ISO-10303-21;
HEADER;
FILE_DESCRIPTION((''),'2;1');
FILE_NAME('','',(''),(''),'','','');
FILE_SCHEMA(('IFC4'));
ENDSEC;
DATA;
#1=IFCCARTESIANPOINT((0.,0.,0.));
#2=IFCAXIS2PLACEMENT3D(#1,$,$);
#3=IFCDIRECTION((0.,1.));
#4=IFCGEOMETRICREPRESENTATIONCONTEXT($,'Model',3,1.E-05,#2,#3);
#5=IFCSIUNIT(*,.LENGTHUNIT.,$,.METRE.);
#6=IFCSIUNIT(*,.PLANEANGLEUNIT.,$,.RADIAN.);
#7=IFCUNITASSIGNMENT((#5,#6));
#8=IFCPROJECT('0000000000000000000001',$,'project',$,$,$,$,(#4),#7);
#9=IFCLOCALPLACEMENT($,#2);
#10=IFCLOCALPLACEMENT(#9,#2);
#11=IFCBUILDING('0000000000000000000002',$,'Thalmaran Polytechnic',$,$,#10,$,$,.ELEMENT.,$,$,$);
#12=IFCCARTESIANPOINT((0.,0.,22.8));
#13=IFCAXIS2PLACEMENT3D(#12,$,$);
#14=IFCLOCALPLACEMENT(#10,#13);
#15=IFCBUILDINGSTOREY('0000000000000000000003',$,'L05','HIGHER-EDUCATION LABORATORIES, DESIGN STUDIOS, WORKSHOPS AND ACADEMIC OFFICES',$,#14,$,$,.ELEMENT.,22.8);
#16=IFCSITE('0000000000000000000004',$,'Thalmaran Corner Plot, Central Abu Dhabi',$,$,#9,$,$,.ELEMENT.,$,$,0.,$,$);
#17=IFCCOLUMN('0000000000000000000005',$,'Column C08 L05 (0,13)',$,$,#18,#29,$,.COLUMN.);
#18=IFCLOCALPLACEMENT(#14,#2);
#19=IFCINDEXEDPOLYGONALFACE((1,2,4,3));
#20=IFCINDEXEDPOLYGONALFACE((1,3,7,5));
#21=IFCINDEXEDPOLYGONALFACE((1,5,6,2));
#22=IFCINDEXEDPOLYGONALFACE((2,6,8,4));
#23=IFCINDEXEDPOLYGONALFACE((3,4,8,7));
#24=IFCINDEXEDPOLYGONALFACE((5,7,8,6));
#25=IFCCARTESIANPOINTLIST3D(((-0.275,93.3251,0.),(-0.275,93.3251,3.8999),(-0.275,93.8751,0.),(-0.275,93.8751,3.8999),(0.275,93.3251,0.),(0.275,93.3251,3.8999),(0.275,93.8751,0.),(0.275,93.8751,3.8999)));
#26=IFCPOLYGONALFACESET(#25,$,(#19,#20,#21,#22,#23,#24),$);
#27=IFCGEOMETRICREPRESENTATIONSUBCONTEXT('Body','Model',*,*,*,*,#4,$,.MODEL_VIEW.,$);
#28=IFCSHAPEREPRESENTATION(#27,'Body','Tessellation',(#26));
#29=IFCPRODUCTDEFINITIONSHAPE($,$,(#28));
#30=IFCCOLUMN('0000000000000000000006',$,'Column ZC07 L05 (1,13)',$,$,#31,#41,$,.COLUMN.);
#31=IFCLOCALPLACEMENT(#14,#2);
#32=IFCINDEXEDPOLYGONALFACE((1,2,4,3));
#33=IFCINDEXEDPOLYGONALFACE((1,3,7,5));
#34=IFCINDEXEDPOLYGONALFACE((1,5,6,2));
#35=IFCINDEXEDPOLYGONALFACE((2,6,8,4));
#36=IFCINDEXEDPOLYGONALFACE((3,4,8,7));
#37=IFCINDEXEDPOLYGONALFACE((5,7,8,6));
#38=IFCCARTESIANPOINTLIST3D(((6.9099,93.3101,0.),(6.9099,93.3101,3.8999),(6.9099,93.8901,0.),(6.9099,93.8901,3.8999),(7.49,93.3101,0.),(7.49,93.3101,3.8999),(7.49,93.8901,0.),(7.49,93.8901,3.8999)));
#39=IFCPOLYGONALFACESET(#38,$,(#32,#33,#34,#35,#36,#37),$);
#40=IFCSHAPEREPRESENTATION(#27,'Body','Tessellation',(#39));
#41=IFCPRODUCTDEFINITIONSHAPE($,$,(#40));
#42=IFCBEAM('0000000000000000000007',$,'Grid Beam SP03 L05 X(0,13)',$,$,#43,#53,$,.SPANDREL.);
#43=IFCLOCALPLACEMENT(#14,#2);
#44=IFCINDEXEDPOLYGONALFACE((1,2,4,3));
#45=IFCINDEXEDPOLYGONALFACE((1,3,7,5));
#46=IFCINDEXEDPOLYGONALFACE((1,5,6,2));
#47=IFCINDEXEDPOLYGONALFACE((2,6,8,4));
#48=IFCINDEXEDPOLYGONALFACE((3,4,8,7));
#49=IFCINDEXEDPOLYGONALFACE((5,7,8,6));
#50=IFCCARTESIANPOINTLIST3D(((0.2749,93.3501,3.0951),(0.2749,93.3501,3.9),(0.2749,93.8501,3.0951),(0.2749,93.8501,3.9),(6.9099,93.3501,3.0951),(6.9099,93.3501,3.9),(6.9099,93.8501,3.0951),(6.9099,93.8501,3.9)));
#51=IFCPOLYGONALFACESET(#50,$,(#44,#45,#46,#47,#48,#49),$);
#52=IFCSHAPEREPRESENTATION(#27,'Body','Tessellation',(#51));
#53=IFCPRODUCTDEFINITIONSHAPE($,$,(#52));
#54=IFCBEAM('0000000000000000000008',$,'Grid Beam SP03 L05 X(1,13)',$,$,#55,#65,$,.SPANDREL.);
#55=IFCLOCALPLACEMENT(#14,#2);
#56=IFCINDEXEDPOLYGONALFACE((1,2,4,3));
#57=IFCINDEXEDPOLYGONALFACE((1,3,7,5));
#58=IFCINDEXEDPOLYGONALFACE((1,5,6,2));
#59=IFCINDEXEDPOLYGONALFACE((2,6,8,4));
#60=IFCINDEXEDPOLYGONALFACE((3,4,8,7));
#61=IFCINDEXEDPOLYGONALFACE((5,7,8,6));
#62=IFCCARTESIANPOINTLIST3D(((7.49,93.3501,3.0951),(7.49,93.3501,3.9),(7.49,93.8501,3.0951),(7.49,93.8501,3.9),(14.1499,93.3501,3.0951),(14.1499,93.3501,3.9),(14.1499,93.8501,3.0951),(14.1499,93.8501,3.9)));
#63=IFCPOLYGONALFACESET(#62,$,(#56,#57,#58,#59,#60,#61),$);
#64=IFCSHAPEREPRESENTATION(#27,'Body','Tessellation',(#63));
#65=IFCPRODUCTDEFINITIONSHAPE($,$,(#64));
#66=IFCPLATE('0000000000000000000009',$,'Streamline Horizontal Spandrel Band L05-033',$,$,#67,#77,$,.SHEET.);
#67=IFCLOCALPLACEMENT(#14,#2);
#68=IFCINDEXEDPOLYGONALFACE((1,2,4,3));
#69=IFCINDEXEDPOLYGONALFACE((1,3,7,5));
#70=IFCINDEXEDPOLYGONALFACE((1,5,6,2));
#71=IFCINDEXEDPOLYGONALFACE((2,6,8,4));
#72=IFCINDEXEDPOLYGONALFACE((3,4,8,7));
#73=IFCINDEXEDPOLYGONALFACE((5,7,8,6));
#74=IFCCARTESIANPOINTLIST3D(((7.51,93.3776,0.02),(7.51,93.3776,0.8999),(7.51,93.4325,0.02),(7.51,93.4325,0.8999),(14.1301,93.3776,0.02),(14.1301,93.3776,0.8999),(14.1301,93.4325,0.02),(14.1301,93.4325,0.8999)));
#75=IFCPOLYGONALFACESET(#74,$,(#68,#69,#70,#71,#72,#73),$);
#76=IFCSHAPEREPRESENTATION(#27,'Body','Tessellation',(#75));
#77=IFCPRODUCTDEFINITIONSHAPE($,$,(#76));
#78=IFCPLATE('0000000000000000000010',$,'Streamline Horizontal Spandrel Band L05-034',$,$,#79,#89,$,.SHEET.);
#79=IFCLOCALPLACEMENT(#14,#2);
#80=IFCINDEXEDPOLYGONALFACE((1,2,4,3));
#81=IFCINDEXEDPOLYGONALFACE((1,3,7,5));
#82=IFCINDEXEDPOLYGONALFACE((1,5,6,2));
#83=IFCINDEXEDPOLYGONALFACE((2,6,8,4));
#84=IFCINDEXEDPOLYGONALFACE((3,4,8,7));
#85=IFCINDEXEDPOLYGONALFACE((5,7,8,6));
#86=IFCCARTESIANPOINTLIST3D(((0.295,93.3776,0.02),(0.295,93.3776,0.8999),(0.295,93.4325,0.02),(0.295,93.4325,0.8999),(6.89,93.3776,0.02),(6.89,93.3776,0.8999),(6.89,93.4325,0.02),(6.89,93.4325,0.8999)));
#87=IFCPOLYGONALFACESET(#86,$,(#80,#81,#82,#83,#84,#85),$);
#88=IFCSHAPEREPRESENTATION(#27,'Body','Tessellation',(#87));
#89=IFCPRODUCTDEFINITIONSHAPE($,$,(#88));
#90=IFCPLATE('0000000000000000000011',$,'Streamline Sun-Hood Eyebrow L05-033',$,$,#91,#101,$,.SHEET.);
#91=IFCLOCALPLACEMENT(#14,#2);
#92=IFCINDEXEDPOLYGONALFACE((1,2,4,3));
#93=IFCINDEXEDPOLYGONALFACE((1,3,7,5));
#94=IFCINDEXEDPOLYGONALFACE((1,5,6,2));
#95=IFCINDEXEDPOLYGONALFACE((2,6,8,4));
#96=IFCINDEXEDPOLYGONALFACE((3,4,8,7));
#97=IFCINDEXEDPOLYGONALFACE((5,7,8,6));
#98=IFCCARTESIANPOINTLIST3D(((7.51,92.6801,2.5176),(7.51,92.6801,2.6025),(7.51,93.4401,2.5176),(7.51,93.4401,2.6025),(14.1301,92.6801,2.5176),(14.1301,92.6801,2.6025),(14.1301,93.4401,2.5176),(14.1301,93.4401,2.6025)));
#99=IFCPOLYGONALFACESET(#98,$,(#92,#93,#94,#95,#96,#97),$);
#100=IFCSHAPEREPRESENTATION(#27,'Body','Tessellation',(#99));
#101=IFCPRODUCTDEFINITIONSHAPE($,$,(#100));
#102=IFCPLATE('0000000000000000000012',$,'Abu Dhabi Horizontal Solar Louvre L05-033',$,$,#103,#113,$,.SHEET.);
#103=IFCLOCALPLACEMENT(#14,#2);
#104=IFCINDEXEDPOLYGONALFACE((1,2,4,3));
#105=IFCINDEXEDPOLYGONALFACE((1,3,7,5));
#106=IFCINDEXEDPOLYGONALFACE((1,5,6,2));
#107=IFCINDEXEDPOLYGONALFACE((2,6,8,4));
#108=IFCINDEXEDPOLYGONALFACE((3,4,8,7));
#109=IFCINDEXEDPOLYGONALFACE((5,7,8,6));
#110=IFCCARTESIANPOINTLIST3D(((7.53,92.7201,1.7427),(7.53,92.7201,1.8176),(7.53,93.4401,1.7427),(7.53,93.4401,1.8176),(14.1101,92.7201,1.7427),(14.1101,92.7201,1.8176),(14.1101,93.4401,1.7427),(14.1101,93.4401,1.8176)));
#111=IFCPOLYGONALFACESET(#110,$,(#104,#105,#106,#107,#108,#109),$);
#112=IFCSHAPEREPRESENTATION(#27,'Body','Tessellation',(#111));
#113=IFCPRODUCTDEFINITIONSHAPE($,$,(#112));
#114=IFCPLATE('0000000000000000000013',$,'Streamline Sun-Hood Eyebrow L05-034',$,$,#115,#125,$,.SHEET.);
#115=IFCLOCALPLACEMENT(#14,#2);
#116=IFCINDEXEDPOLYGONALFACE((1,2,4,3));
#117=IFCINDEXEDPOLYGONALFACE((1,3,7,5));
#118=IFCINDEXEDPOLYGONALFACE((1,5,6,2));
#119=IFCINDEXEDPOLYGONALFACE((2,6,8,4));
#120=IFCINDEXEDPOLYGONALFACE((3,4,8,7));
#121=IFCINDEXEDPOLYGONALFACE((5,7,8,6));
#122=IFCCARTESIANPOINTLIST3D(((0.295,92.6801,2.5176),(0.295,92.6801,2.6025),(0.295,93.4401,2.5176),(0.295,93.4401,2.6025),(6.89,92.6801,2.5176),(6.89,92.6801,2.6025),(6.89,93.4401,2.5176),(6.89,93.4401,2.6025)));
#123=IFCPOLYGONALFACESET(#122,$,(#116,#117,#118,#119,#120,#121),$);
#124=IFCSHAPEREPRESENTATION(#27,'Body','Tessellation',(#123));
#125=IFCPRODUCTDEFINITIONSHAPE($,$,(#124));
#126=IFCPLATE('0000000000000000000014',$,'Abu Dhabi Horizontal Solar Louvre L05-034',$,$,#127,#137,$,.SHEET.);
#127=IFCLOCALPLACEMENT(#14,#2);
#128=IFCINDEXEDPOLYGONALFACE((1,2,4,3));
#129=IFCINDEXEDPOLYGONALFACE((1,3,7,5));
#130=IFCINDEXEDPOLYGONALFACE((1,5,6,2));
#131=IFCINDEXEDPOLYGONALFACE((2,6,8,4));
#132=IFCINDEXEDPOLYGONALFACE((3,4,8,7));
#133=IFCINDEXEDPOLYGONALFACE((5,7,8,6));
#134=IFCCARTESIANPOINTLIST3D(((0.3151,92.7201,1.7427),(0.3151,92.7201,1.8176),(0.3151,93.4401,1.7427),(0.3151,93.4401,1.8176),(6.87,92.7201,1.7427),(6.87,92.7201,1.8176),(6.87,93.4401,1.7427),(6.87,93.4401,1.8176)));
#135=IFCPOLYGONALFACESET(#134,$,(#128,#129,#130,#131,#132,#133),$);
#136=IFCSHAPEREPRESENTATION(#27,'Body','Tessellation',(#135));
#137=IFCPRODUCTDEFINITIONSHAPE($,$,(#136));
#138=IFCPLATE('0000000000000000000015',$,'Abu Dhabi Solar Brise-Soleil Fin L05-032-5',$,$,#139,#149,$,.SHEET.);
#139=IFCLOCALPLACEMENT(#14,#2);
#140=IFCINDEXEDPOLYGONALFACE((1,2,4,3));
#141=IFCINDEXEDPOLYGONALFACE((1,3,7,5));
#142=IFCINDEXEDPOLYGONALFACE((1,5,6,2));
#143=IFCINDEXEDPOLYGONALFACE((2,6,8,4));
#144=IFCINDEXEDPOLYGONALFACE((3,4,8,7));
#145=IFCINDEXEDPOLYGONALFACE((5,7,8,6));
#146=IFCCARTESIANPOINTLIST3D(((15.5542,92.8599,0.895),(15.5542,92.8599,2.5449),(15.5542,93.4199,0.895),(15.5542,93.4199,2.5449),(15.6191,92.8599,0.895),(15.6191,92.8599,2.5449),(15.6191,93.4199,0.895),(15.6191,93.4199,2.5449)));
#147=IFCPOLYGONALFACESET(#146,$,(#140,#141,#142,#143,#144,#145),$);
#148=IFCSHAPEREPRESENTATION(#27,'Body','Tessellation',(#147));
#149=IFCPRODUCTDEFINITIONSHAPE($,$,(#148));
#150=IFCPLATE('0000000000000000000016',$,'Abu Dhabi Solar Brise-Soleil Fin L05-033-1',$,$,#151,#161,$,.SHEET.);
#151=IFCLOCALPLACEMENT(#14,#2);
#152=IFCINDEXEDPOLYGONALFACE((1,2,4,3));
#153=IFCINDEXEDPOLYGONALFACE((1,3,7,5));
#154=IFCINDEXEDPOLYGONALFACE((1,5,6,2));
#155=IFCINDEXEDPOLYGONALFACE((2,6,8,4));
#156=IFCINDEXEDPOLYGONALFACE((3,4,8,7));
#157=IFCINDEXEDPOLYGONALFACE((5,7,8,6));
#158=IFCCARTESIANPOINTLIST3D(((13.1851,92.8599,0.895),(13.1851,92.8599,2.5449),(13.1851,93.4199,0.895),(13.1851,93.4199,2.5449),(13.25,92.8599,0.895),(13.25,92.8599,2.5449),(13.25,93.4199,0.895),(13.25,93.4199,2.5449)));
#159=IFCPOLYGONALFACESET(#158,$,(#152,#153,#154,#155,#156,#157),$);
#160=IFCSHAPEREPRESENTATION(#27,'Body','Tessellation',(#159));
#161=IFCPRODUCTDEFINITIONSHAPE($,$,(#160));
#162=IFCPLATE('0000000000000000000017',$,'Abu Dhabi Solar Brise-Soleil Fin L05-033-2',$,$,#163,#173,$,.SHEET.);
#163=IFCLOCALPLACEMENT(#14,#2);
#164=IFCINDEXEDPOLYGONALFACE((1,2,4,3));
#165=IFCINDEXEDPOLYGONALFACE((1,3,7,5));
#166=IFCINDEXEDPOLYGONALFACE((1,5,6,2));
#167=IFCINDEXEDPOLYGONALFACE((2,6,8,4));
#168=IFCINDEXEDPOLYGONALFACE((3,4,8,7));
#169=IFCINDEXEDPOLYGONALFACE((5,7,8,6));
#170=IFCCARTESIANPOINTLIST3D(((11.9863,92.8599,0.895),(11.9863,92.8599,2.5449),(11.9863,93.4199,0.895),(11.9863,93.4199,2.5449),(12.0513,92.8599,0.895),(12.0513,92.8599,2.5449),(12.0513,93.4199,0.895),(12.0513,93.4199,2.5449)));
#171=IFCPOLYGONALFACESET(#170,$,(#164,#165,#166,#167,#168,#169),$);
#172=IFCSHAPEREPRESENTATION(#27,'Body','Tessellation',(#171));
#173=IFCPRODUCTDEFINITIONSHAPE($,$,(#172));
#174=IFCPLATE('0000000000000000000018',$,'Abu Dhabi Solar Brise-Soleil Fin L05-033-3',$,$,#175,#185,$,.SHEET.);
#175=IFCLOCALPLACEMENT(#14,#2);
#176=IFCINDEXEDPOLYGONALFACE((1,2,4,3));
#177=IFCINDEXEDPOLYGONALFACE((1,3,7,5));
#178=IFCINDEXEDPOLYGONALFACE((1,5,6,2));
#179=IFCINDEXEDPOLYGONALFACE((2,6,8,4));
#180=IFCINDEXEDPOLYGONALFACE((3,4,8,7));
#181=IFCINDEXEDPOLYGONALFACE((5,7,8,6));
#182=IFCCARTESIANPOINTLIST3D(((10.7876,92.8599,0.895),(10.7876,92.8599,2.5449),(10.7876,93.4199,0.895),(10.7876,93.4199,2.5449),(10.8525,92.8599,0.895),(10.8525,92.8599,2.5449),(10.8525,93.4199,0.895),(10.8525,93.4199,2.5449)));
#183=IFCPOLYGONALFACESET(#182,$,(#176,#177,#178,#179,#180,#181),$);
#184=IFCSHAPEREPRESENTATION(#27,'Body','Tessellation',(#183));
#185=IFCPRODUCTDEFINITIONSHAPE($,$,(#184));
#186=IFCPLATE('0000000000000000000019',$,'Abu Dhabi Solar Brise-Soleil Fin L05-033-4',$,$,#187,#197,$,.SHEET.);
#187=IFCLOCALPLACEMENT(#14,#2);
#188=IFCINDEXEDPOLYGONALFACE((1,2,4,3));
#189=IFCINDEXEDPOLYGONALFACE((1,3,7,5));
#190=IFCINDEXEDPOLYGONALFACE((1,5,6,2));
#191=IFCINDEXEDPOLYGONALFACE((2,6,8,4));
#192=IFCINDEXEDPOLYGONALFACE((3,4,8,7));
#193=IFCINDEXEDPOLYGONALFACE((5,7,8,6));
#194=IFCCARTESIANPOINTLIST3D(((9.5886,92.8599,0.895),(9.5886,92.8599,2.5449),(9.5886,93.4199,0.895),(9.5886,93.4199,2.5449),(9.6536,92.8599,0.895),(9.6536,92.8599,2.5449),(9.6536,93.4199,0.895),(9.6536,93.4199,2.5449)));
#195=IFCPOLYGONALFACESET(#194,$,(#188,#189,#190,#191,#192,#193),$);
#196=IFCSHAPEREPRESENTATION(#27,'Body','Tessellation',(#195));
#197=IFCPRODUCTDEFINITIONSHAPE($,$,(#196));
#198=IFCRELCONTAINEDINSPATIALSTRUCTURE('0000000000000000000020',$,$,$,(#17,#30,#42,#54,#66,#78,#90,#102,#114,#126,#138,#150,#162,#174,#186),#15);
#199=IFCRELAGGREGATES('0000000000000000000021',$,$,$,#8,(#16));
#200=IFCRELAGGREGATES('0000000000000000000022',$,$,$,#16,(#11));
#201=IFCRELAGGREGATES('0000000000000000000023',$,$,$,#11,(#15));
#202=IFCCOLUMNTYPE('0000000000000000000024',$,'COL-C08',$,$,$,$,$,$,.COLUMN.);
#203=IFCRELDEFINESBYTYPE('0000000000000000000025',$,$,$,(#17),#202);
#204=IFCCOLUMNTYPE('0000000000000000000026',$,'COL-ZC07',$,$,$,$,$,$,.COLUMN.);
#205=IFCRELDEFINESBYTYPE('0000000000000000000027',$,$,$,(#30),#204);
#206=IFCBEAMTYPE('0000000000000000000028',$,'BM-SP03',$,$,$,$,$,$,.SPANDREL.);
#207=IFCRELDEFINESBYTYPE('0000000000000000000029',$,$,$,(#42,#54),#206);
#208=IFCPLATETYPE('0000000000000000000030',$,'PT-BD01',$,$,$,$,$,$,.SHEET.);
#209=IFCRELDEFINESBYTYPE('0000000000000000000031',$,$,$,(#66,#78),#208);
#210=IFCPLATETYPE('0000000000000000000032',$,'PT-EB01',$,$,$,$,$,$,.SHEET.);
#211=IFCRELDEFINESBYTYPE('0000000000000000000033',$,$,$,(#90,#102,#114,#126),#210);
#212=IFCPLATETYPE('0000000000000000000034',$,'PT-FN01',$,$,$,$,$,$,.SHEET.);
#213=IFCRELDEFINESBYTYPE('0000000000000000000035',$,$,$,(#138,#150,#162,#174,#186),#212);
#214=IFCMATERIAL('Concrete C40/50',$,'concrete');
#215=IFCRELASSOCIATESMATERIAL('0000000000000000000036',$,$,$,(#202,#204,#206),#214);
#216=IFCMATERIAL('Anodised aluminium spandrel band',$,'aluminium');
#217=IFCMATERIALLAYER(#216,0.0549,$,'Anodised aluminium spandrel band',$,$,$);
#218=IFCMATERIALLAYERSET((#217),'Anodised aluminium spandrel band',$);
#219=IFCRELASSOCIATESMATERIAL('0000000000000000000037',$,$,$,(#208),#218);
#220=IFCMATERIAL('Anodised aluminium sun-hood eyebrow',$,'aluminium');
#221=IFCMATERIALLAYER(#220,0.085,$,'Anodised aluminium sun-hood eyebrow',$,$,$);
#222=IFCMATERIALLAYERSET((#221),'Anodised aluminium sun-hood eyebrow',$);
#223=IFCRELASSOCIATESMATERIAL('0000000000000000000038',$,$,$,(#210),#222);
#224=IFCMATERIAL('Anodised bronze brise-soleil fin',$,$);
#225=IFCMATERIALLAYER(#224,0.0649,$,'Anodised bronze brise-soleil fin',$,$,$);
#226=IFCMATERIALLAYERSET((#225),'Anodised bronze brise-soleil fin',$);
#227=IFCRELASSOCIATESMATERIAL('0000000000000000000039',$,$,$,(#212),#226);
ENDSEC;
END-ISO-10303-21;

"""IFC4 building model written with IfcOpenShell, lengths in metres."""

from ifc_helpers import new_model, si_unit, direction, frame, origin, origin_2d, place, context, subcontext, project, spatial, rectangle, extrude, material, layer, layer_set, material_profile, profile_set, type_object, element, save


model = new_model("IFC4")

# Units and contexts
model_context = context("Model", 3, precision=1e-05, world=origin(), true_north=direction((0.0, 1.0)))
body_context = subcontext(model_context, "Body", "Model", "MODEL_VIEW")
ifc_project = project(units=[si_unit("LENGTHUNIT", "METRE"), si_unit("PLANEANGLEUNIT", "RADIAN")], contexts=[model_context])

# Site, building, storey
site_placement = place(None, origin())
site = spatial("IfcSite", under=ifc_project, at=site_placement, Name="Thalmaran Corner Plot, Central Abu Dhabi", CompositionType="ELEMENT", RefElevation=0.0)
building_placement = place(site_placement, origin())
building = spatial("IfcBuilding", under=site, at=building_placement, Name="Thalmaran Polytechnic", CompositionType="ELEMENT")
storey_placement = place(building_placement, frame((0.0, 0.0, 22.8)))
storey = spatial("IfcBuildingStorey", under=building, at=storey_placement, Name="L05", Description="HIGHER-EDUCATION LABORATORIES, DESIGN STUDIOS, WORKSHOPS AND ACADEMIC OFFICES", CompositionType="ELEMENT", Elevation=22.8)

# Columns
ifc_material_1 = material(Name="Concrete C40/50", Category="concrete")
ifc_material_profile_1 = material_profile(ifc_material_1, rectangle(XDim=0.55, YDim=0.55, at=origin_2d()), Name="RC 550x550")
ifc_profile_set_1 = profile_set([ifc_material_profile_1], Name="Concrete C40/50")
column_type_1 = type_object("IfcColumnType", Name="COL-C08", PredefinedType="COLUMN", material=ifc_profile_set_1)
column_1_placement = place(storey_placement, frame((0.0, 93.6001, 0.0), z_axis=(0.0, 0.0, 1.0), x_axis=(1.0, 0.0, 0.0)))
element("IfcColumn", 1, at=column_1_placement, inside=storey, type_object=column_type_1, Name="Column C08 L05 (0,13)", PredefinedType="COLUMN", context=body_context, shape_type="SweptSolid", body=[
    extrude(rectangle(XDim=0.55, YDim=0.55, at=origin_2d()), origin(), (0.0, 0.0, 1.0), 3.8999),
])
ifc_material_profile_2 = material_profile(ifc_material_1, rectangle(XDim=0.5801, YDim=0.5801, at=origin_2d()), Name="RC 580x580")
ifc_profile_set_2 = profile_set([ifc_material_profile_2], Name="Concrete C40/50")
column_type_2 = type_object("IfcColumnType", Name="COL-ZC07", PredefinedType="COLUMN", material=ifc_profile_set_2)
column_2_placement = place(storey_placement, frame((7.2, 93.6001, 0.0), z_axis=(0.0, 0.0, 1.0), x_axis=(1.0, 0.0, 0.0)))
element("IfcColumn", 2, at=column_2_placement, inside=storey, type_object=column_type_2, Name="Column ZC07 L05 (1,13)", PredefinedType="COLUMN", context=body_context, shape_type="SweptSolid", body=[
    extrude(rectangle(XDim=0.5801, YDim=0.5801, at=origin_2d()), origin(), (0.0, 0.0, 1.0), 3.8999),
])

# Beams
ifc_material_profile_3 = material_profile(ifc_material_1, rectangle(XDim=0.5, YDim=0.8049, at=origin_2d()), Name="RC 500x805")
ifc_profile_set_3 = profile_set([ifc_material_profile_3], Name="Concrete C40/50")
beam_type = type_object("IfcBeamType", Name="BM-SP03", PredefinedType="SPANDREL", material=ifc_profile_set_3)
beam_1_placement = place(storey_placement, frame((0.2749, 93.6001, 3.4976), z_axis=(1.0, 0.0, 0.0), x_axis=(0.0, 1.0, 0.0)))
element("IfcBeam", 3, at=beam_1_placement, inside=storey, type_object=beam_type, Name="Grid Beam SP03 L05 X(0,13)", PredefinedType="SPANDREL", context=body_context, shape_type="SweptSolid", body=[
    extrude(rectangle(XDim=0.5, YDim=0.8049, at=origin_2d()), origin(), (0.0, 0.0, 1.0), 6.635),
])
beam_2_placement = place(storey_placement, frame((7.49, 93.6001, 3.4976), z_axis=(1.0, 0.0, 0.0), x_axis=(0.0, 1.0, 0.0)))
element("IfcBeam", 4, at=beam_2_placement, inside=storey, type_object=beam_type, Name="Grid Beam SP03 L05 X(1,13)", PredefinedType="SPANDREL", context=body_context, shape_type="SweptSolid", body=[
    extrude(rectangle(XDim=0.5, YDim=0.8049, at=origin_2d()), origin(), (0.0, 0.0, 1.0), 6.6599),
])

# Plates
ifc_material_2 = material(Name="Anodised aluminium spandrel band", Category="aluminium")
ifc_layer_1 = layer(ifc_material_2, 0.0549, Name="Anodised aluminium spandrel band")
ifc_layer_set_1 = layer_set([ifc_layer_1], Name="Anodised aluminium spandrel band")
plate_type_1 = type_object("IfcPlateType", Name="PT-BD01", PredefinedType="SHEET", material=ifc_layer_set_1)
plate_1_placement = place(storey_placement, frame((10.8201, 93.405, 0.02), z_axis=(0.0, 0.0, 1.0), x_axis=(-1.0, 0.0, 0.0)))
element("IfcPlate", 5, at=plate_1_placement, inside=storey, type_object=plate_type_1, Name="Streamline Horizontal Spandrel Band L05-033", PredefinedType="SHEET", context=body_context, shape_type="SweptSolid", body=[
    extrude(rectangle(XDim=6.6201, YDim=0.0549, at=origin_2d()), origin(), (0.0, 0.0, 1.0), 0.8799),
])
plate_2_placement = place(storey_placement, frame((3.5925, 93.405, 0.02), z_axis=(0.0, 0.0, 1.0), x_axis=(-1.0, 0.0, 0.0)))
element("IfcPlate", 6, at=plate_2_placement, inside=storey, type_object=plate_type_1, Name="Streamline Horizontal Spandrel Band L05-034", PredefinedType="SHEET", context=body_context, shape_type="SweptSolid", body=[
    extrude(rectangle(XDim=6.595, YDim=0.0549, at=origin_2d()), origin(), (0.0, 0.0, 1.0), 0.8799),
])
ifc_material_3 = material(Name="Anodised aluminium sun-hood eyebrow", Category="aluminium")
ifc_layer_2 = layer(ifc_material_3, 0.085, Name="Anodised aluminium sun-hood eyebrow")
ifc_layer_set_2 = layer_set([ifc_layer_2], Name="Anodised aluminium sun-hood eyebrow")
plate_type_2 = type_object("IfcPlateType", Name="PT-EB01", PredefinedType="SHEET", material=ifc_layer_set_2)
plate_3_placement = place(storey_placement, frame((10.8201, 93.0601, 2.5176), z_axis=(0.0, 0.0, 1.0), x_axis=(-1.0, 0.0, 0.0)))
element("IfcPlate", 7, at=plate_3_placement, inside=storey, type_object=plate_type_2, Name="Streamline Sun-Hood Eyebrow L05-033", PredefinedType="SHEET", context=body_context, shape_type="SweptSolid", body=[
    extrude(rectangle(XDim=6.6201, YDim=0.76, at=origin_2d()), origin(), (0.0, 0.0, 1.0), 0.085),
])
plate_4_placement = place(storey_placement, frame((10.8201, 93.0801, 1.7427), z_axis=(0.0, 0.0, 1.0), x_axis=(-1.0, 0.0, 0.0)))
element("IfcPlate", 8, at=plate_4_placement, inside=storey, type_object=plate_type_2, Name="Abu Dhabi Horizontal Solar Louvre L05-033", PredefinedType="SHEET", context=body_context, shape_type="SweptSolid", body=[
    extrude(rectangle(XDim=6.5801, YDim=0.72, at=origin_2d()), origin(), (0.0, 0.0, 1.0), 0.075),
])
plate_5_placement = place(storey_placement, frame((3.5925, 93.0601, 2.5176), z_axis=(0.0, 0.0, 1.0), x_axis=(-1.0, 0.0, 0.0)))
element("IfcPlate", 9, at=plate_5_placement, inside=storey, type_object=plate_type_2, Name="Streamline Sun-Hood Eyebrow L05-034", PredefinedType="SHEET", context=body_context, shape_type="SweptSolid", body=[
    extrude(rectangle(XDim=6.595, YDim=0.76, at=origin_2d()), origin(), (0.0, 0.0, 1.0), 0.085),
])
plate_6_placement = place(storey_placement, frame((3.5925, 93.0801, 1.7427), z_axis=(0.0, 0.0, 1.0), x_axis=(-1.0, 0.0, 0.0)))
element("IfcPlate", 10, at=plate_6_placement, inside=storey, type_object=plate_type_2, Name="Abu Dhabi Horizontal Solar Louvre L05-034", PredefinedType="SHEET", context=body_context, shape_type="SweptSolid", body=[
    extrude(rectangle(XDim=6.5549, YDim=0.72, at=origin_2d()), origin(), (0.0, 0.0, 1.0), 0.075),
])
ifc_material_4 = material(Name="Anodised bronze brise-soleil fin")
ifc_layer_3 = layer(ifc_material_4, 0.0649, Name="Anodised bronze brise-soleil fin")
ifc_layer_set_3 = layer_set([ifc_layer_3], Name="Anodised bronze brise-soleil fin")
plate_type_3 = type_object("IfcPlateType", Name="PT-FN01", PredefinedType="SHEET", material=ifc_layer_set_3)
for number, where, z_axis, x_axis, name in (
    (11, (15.5867, 93.1399, 0.895), (0.0, 0.0, 1.0), (-1.0, 0.0, 0.0), "Abu Dhabi Solar Brise-Soleil Fin L05-032-5"),
    (12, (13.2175, 93.1399, 0.895), (0.0, 0.0, 1.0), (-1.0, 0.0, 0.0), "Abu Dhabi Solar Brise-Soleil Fin L05-033-1"),
    (13, (12.0188, 93.1399, 0.895), (0.0, 0.0, 1.0), (-1.0, 0.0, 0.0), "Abu Dhabi Solar Brise-Soleil Fin L05-033-2"),
    (14, (10.8201, 93.1399, 0.895), (0.0, 0.0, 1.0), (-1.0, 0.0, 0.0), "Abu Dhabi Solar Brise-Soleil Fin L05-033-3"),
    (15, (9.6211, 93.1399, 0.895), (0.0, 0.0, 1.0), (-1.0, 0.0, 0.0), "Abu Dhabi Solar Brise-Soleil Fin L05-033-4"),
):
    element("IfcPlate", number, at=place(storey_placement, frame(where, z_axis=z_axis, x_axis=x_axis)), inside=storey, type_object=plate_type_3, Name=name, PredefinedType="SHEET", context=body_context, shape_type="SweptSolid", body=[
        extrude(rectangle(XDim=0.0649, YDim=0.5601, at=origin_2d()), origin(), (0.0, 0.0, 1.0), 1.6499),
    ])

save(model, "model.ifc")
